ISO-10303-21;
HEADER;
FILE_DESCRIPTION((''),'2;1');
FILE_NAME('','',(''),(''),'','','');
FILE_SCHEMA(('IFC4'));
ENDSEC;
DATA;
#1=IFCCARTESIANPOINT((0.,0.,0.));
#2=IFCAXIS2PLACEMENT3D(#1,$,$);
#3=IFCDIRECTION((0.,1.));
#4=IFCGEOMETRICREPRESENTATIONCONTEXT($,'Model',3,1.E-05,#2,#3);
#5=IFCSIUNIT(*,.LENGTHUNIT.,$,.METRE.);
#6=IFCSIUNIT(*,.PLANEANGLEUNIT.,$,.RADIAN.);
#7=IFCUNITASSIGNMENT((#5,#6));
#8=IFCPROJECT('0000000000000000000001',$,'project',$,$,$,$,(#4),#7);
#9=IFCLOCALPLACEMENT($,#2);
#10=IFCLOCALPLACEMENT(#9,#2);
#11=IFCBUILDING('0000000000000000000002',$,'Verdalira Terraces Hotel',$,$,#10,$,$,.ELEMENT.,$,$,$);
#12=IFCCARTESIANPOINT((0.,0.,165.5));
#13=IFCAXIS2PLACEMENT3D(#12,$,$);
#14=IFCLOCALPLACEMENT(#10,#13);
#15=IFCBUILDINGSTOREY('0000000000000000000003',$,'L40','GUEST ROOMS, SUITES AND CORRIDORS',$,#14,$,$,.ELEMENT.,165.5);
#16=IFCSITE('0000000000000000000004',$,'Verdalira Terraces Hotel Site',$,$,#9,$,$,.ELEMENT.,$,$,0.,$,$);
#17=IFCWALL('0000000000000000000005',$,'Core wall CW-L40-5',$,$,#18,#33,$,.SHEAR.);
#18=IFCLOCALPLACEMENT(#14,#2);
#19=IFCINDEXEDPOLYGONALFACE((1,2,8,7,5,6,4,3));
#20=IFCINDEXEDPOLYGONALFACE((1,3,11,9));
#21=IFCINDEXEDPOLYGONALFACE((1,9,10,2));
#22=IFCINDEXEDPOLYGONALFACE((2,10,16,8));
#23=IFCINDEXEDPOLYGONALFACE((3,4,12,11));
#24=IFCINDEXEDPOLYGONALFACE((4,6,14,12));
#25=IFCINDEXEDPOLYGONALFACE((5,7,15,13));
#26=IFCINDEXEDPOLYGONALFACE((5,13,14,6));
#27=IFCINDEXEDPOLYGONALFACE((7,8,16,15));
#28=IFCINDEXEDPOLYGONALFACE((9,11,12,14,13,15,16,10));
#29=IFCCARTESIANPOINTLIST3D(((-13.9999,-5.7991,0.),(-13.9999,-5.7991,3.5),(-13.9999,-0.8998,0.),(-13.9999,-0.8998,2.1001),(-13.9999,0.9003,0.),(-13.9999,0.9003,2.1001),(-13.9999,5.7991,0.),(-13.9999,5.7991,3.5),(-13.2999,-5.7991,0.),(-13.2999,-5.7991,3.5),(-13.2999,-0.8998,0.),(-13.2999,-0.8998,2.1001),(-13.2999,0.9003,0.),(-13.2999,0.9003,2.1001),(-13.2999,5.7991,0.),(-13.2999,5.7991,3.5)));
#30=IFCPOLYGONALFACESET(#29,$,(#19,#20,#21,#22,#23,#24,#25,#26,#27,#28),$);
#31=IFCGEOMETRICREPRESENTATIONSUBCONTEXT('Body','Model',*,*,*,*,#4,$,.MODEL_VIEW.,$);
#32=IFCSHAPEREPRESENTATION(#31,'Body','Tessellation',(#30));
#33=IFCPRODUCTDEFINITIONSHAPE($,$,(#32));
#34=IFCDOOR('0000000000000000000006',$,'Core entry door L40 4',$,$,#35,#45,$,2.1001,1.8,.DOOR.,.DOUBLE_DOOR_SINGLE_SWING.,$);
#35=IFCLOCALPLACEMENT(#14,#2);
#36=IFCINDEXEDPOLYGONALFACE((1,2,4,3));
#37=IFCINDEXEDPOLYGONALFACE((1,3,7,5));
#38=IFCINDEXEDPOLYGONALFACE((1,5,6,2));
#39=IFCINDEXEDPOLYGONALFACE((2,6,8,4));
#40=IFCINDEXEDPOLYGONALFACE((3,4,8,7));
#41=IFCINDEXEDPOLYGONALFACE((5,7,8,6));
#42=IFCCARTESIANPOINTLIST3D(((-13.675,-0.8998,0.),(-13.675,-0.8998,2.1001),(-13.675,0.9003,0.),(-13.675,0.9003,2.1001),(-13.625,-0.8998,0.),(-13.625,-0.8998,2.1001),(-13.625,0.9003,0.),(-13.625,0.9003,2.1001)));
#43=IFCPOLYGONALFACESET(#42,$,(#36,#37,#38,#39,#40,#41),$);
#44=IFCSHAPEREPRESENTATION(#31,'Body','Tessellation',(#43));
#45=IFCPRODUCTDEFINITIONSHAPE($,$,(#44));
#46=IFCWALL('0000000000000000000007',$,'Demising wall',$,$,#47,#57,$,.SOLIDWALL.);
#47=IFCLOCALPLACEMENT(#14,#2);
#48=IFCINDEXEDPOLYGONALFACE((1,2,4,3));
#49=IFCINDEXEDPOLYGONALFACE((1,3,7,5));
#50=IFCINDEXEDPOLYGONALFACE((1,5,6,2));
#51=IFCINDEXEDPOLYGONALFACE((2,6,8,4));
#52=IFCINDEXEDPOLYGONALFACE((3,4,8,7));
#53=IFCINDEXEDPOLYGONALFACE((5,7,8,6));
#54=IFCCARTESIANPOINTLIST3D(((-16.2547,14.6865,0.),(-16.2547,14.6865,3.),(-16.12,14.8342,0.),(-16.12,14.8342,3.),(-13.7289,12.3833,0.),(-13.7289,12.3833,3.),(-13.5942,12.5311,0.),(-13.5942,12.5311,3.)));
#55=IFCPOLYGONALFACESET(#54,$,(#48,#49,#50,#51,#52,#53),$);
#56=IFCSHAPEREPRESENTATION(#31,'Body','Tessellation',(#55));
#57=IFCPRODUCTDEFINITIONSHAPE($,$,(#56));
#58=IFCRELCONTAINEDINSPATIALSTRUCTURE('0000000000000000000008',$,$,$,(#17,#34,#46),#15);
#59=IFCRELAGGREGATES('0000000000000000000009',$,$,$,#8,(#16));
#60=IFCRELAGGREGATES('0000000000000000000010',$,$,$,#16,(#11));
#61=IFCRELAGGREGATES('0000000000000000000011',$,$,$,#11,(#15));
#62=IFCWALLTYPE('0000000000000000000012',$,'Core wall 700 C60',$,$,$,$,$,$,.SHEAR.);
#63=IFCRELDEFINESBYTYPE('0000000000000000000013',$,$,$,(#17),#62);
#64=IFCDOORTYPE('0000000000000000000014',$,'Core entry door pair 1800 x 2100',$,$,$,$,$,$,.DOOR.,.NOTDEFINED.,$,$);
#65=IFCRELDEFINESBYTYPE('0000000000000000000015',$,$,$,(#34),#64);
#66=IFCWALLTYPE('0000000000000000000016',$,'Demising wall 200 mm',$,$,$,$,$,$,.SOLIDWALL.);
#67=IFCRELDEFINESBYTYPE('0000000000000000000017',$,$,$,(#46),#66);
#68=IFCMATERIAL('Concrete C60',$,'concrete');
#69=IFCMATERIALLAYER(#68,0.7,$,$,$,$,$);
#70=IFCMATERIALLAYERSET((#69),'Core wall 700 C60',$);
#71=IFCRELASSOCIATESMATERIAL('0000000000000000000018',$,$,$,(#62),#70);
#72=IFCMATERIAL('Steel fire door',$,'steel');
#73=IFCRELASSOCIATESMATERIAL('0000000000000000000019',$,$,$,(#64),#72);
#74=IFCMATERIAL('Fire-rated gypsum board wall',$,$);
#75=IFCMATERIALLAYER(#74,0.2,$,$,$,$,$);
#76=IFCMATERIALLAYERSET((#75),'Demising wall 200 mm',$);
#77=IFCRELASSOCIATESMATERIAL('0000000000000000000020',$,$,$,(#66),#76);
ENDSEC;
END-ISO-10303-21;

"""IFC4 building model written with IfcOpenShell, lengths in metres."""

from ifc_helpers import new_model, si_unit, direction, frame, frame_2d, origin, place, context, subcontext, project, spatial, rectangle, extrude, material, layer, layer_set, type_object, element, fill, save


model = new_model("IFC4")

# Units and contexts
model_context = context("Model", 3, precision=1e-05, world=origin(), true_north=direction((0.0, 1.0)))
body_context = subcontext(model_context, "Body", "Model", "MODEL_VIEW")
ifc_project = project(units=[si_unit("LENGTHUNIT", "METRE"), si_unit("PLANEANGLEUNIT", "RADIAN")], contexts=[model_context])

# Site, building, storey
site_placement = place(None, origin())
site = spatial("IfcSite", under=ifc_project, at=site_placement, Name="Verdalira Terraces Hotel Site", CompositionType="ELEMENT", RefElevation=0.0)
building_placement = place(site_placement, origin())
building = spatial("IfcBuilding", under=site, at=building_placement, Name="Verdalira Terraces Hotel", CompositionType="ELEMENT")
storey_placement = place(building_placement, frame((0.0, 0.0, 165.5)))
storey = spatial("IfcBuildingStorey", under=building, at=storey_placement, Name="L40", Description="GUEST ROOMS, SUITES AND CORRIDORS", CompositionType="ELEMENT", Elevation=165.5)

# Shared definitions
ifc_material_1 = material(Name="Concrete C60", Category="concrete")
ifc_layer_1 = layer(ifc_material_1, 0.7)
ifc_layer_set_1 = layer_set([ifc_layer_1], Name="Core wall 700 C60")
wall_type_1 = type_object("IfcWallType", Name="Core wall 700 C60", PredefinedType="SHEAR", material=ifc_layer_set_1)

# Wall, opening, door
wall_1_placement = place(storey_placement, frame((-13.6499, 5.7991, 0.0), z_axis=(0.0, 0.0, 1.0), x_axis=(0.0, -1.0, 0.0)))
wall_1 = element("IfcWall", 1, at=wall_1_placement, inside=storey, type_object=wall_type_1, Name="Core wall CW-L40-5", PredefinedType="SHEAR", context=body_context, shape_type="SweptSolid", body=[
    extrude(rectangle(XDim=11.5981, YDim=0.7, at=frame_2d((5.7991, 0.0))), origin(), (0.0, 0.0, 1.0), 3.5),
])
opening_1_placement = place(wall_1_placement, frame((4.8989, 0.0, 0.0)))
opening_1 = element("IfcOpeningElement", 2, at=opening_1_placement, cuts=wall_1, PredefinedType="OPENING", context=body_context, shape_type="SweptSolid", body=[
    extrude(rectangle(XDim=1.8, YDim=2.1001, at=frame_2d((0.8999, 1.05))), frame((0.0, 0.3599, 0.0), z_axis=(0.0, -1.0, 0.0), x_axis=(1.0, 0.0, 0.0)), (0.0, 0.0, 1.0), 0.72),
])
ifc_material_2 = material(Name="Steel fire door", Category="steel")
door_type_1 = type_object("IfcDoorType", Name="Core entry door pair 1800 x 2100", OperationType="NOTDEFINED", PredefinedType="DOOR", material=ifc_material_2)
door_1_placement = place(opening_1_placement, origin())
door_1 = element("IfcDoor", 3, at=door_1_placement, inside=storey, type_object=door_type_1, Name="Core entry door L40 4", OperationType="DOUBLE_DOOR_SINGLE_SWING", OverallHeight=2.1001, OverallWidth=1.8, PredefinedType="DOOR", context=body_context, shape_type="SweptSolid", body=[
    extrude(rectangle(XDim=1.8, YDim=2.1001, at=frame_2d((0.8999, 1.05))), frame((0.0, 0.0249, 0.0), z_axis=(0.0, -1.0, 0.0), x_axis=(1.0, 0.0, 0.0)), (0.0, 0.0, 1.0), 0.05),
])
fill(opening_1, door_1)

# Wall
ifc_material_3 = material(Name="Fire-rated gypsum board wall")
ifc_layer_2 = layer(ifc_material_3, 0.2)
ifc_layer_set_2 = layer_set([ifc_layer_2], Name="Demising wall 200 mm")
wall_type_2 = type_object("IfcWallType", Name="Demising wall 200 mm", PredefinedType="SOLIDWALL", material=ifc_layer_set_2)
wall_2_placement = place(storey_placement, frame((-13.6616, 12.4573, 0.0), z_axis=(0.0, 0.0, 1.0), x_axis=(-0.738924, 0.673788, 0.0)))
element("IfcWall", 4, at=wall_2_placement, inside=storey, type_object=wall_type_2, Name="Demising wall", PredefinedType="SOLIDWALL", context=body_context, shape_type="SweptSolid", body=[
    extrude(rectangle(XDim=3.4182, YDim=0.2, at=frame_2d((1.709, 0.0))), origin(), (0.0, 0.0, 1.0), 3.0),
])

save(model, "model.ifc")
